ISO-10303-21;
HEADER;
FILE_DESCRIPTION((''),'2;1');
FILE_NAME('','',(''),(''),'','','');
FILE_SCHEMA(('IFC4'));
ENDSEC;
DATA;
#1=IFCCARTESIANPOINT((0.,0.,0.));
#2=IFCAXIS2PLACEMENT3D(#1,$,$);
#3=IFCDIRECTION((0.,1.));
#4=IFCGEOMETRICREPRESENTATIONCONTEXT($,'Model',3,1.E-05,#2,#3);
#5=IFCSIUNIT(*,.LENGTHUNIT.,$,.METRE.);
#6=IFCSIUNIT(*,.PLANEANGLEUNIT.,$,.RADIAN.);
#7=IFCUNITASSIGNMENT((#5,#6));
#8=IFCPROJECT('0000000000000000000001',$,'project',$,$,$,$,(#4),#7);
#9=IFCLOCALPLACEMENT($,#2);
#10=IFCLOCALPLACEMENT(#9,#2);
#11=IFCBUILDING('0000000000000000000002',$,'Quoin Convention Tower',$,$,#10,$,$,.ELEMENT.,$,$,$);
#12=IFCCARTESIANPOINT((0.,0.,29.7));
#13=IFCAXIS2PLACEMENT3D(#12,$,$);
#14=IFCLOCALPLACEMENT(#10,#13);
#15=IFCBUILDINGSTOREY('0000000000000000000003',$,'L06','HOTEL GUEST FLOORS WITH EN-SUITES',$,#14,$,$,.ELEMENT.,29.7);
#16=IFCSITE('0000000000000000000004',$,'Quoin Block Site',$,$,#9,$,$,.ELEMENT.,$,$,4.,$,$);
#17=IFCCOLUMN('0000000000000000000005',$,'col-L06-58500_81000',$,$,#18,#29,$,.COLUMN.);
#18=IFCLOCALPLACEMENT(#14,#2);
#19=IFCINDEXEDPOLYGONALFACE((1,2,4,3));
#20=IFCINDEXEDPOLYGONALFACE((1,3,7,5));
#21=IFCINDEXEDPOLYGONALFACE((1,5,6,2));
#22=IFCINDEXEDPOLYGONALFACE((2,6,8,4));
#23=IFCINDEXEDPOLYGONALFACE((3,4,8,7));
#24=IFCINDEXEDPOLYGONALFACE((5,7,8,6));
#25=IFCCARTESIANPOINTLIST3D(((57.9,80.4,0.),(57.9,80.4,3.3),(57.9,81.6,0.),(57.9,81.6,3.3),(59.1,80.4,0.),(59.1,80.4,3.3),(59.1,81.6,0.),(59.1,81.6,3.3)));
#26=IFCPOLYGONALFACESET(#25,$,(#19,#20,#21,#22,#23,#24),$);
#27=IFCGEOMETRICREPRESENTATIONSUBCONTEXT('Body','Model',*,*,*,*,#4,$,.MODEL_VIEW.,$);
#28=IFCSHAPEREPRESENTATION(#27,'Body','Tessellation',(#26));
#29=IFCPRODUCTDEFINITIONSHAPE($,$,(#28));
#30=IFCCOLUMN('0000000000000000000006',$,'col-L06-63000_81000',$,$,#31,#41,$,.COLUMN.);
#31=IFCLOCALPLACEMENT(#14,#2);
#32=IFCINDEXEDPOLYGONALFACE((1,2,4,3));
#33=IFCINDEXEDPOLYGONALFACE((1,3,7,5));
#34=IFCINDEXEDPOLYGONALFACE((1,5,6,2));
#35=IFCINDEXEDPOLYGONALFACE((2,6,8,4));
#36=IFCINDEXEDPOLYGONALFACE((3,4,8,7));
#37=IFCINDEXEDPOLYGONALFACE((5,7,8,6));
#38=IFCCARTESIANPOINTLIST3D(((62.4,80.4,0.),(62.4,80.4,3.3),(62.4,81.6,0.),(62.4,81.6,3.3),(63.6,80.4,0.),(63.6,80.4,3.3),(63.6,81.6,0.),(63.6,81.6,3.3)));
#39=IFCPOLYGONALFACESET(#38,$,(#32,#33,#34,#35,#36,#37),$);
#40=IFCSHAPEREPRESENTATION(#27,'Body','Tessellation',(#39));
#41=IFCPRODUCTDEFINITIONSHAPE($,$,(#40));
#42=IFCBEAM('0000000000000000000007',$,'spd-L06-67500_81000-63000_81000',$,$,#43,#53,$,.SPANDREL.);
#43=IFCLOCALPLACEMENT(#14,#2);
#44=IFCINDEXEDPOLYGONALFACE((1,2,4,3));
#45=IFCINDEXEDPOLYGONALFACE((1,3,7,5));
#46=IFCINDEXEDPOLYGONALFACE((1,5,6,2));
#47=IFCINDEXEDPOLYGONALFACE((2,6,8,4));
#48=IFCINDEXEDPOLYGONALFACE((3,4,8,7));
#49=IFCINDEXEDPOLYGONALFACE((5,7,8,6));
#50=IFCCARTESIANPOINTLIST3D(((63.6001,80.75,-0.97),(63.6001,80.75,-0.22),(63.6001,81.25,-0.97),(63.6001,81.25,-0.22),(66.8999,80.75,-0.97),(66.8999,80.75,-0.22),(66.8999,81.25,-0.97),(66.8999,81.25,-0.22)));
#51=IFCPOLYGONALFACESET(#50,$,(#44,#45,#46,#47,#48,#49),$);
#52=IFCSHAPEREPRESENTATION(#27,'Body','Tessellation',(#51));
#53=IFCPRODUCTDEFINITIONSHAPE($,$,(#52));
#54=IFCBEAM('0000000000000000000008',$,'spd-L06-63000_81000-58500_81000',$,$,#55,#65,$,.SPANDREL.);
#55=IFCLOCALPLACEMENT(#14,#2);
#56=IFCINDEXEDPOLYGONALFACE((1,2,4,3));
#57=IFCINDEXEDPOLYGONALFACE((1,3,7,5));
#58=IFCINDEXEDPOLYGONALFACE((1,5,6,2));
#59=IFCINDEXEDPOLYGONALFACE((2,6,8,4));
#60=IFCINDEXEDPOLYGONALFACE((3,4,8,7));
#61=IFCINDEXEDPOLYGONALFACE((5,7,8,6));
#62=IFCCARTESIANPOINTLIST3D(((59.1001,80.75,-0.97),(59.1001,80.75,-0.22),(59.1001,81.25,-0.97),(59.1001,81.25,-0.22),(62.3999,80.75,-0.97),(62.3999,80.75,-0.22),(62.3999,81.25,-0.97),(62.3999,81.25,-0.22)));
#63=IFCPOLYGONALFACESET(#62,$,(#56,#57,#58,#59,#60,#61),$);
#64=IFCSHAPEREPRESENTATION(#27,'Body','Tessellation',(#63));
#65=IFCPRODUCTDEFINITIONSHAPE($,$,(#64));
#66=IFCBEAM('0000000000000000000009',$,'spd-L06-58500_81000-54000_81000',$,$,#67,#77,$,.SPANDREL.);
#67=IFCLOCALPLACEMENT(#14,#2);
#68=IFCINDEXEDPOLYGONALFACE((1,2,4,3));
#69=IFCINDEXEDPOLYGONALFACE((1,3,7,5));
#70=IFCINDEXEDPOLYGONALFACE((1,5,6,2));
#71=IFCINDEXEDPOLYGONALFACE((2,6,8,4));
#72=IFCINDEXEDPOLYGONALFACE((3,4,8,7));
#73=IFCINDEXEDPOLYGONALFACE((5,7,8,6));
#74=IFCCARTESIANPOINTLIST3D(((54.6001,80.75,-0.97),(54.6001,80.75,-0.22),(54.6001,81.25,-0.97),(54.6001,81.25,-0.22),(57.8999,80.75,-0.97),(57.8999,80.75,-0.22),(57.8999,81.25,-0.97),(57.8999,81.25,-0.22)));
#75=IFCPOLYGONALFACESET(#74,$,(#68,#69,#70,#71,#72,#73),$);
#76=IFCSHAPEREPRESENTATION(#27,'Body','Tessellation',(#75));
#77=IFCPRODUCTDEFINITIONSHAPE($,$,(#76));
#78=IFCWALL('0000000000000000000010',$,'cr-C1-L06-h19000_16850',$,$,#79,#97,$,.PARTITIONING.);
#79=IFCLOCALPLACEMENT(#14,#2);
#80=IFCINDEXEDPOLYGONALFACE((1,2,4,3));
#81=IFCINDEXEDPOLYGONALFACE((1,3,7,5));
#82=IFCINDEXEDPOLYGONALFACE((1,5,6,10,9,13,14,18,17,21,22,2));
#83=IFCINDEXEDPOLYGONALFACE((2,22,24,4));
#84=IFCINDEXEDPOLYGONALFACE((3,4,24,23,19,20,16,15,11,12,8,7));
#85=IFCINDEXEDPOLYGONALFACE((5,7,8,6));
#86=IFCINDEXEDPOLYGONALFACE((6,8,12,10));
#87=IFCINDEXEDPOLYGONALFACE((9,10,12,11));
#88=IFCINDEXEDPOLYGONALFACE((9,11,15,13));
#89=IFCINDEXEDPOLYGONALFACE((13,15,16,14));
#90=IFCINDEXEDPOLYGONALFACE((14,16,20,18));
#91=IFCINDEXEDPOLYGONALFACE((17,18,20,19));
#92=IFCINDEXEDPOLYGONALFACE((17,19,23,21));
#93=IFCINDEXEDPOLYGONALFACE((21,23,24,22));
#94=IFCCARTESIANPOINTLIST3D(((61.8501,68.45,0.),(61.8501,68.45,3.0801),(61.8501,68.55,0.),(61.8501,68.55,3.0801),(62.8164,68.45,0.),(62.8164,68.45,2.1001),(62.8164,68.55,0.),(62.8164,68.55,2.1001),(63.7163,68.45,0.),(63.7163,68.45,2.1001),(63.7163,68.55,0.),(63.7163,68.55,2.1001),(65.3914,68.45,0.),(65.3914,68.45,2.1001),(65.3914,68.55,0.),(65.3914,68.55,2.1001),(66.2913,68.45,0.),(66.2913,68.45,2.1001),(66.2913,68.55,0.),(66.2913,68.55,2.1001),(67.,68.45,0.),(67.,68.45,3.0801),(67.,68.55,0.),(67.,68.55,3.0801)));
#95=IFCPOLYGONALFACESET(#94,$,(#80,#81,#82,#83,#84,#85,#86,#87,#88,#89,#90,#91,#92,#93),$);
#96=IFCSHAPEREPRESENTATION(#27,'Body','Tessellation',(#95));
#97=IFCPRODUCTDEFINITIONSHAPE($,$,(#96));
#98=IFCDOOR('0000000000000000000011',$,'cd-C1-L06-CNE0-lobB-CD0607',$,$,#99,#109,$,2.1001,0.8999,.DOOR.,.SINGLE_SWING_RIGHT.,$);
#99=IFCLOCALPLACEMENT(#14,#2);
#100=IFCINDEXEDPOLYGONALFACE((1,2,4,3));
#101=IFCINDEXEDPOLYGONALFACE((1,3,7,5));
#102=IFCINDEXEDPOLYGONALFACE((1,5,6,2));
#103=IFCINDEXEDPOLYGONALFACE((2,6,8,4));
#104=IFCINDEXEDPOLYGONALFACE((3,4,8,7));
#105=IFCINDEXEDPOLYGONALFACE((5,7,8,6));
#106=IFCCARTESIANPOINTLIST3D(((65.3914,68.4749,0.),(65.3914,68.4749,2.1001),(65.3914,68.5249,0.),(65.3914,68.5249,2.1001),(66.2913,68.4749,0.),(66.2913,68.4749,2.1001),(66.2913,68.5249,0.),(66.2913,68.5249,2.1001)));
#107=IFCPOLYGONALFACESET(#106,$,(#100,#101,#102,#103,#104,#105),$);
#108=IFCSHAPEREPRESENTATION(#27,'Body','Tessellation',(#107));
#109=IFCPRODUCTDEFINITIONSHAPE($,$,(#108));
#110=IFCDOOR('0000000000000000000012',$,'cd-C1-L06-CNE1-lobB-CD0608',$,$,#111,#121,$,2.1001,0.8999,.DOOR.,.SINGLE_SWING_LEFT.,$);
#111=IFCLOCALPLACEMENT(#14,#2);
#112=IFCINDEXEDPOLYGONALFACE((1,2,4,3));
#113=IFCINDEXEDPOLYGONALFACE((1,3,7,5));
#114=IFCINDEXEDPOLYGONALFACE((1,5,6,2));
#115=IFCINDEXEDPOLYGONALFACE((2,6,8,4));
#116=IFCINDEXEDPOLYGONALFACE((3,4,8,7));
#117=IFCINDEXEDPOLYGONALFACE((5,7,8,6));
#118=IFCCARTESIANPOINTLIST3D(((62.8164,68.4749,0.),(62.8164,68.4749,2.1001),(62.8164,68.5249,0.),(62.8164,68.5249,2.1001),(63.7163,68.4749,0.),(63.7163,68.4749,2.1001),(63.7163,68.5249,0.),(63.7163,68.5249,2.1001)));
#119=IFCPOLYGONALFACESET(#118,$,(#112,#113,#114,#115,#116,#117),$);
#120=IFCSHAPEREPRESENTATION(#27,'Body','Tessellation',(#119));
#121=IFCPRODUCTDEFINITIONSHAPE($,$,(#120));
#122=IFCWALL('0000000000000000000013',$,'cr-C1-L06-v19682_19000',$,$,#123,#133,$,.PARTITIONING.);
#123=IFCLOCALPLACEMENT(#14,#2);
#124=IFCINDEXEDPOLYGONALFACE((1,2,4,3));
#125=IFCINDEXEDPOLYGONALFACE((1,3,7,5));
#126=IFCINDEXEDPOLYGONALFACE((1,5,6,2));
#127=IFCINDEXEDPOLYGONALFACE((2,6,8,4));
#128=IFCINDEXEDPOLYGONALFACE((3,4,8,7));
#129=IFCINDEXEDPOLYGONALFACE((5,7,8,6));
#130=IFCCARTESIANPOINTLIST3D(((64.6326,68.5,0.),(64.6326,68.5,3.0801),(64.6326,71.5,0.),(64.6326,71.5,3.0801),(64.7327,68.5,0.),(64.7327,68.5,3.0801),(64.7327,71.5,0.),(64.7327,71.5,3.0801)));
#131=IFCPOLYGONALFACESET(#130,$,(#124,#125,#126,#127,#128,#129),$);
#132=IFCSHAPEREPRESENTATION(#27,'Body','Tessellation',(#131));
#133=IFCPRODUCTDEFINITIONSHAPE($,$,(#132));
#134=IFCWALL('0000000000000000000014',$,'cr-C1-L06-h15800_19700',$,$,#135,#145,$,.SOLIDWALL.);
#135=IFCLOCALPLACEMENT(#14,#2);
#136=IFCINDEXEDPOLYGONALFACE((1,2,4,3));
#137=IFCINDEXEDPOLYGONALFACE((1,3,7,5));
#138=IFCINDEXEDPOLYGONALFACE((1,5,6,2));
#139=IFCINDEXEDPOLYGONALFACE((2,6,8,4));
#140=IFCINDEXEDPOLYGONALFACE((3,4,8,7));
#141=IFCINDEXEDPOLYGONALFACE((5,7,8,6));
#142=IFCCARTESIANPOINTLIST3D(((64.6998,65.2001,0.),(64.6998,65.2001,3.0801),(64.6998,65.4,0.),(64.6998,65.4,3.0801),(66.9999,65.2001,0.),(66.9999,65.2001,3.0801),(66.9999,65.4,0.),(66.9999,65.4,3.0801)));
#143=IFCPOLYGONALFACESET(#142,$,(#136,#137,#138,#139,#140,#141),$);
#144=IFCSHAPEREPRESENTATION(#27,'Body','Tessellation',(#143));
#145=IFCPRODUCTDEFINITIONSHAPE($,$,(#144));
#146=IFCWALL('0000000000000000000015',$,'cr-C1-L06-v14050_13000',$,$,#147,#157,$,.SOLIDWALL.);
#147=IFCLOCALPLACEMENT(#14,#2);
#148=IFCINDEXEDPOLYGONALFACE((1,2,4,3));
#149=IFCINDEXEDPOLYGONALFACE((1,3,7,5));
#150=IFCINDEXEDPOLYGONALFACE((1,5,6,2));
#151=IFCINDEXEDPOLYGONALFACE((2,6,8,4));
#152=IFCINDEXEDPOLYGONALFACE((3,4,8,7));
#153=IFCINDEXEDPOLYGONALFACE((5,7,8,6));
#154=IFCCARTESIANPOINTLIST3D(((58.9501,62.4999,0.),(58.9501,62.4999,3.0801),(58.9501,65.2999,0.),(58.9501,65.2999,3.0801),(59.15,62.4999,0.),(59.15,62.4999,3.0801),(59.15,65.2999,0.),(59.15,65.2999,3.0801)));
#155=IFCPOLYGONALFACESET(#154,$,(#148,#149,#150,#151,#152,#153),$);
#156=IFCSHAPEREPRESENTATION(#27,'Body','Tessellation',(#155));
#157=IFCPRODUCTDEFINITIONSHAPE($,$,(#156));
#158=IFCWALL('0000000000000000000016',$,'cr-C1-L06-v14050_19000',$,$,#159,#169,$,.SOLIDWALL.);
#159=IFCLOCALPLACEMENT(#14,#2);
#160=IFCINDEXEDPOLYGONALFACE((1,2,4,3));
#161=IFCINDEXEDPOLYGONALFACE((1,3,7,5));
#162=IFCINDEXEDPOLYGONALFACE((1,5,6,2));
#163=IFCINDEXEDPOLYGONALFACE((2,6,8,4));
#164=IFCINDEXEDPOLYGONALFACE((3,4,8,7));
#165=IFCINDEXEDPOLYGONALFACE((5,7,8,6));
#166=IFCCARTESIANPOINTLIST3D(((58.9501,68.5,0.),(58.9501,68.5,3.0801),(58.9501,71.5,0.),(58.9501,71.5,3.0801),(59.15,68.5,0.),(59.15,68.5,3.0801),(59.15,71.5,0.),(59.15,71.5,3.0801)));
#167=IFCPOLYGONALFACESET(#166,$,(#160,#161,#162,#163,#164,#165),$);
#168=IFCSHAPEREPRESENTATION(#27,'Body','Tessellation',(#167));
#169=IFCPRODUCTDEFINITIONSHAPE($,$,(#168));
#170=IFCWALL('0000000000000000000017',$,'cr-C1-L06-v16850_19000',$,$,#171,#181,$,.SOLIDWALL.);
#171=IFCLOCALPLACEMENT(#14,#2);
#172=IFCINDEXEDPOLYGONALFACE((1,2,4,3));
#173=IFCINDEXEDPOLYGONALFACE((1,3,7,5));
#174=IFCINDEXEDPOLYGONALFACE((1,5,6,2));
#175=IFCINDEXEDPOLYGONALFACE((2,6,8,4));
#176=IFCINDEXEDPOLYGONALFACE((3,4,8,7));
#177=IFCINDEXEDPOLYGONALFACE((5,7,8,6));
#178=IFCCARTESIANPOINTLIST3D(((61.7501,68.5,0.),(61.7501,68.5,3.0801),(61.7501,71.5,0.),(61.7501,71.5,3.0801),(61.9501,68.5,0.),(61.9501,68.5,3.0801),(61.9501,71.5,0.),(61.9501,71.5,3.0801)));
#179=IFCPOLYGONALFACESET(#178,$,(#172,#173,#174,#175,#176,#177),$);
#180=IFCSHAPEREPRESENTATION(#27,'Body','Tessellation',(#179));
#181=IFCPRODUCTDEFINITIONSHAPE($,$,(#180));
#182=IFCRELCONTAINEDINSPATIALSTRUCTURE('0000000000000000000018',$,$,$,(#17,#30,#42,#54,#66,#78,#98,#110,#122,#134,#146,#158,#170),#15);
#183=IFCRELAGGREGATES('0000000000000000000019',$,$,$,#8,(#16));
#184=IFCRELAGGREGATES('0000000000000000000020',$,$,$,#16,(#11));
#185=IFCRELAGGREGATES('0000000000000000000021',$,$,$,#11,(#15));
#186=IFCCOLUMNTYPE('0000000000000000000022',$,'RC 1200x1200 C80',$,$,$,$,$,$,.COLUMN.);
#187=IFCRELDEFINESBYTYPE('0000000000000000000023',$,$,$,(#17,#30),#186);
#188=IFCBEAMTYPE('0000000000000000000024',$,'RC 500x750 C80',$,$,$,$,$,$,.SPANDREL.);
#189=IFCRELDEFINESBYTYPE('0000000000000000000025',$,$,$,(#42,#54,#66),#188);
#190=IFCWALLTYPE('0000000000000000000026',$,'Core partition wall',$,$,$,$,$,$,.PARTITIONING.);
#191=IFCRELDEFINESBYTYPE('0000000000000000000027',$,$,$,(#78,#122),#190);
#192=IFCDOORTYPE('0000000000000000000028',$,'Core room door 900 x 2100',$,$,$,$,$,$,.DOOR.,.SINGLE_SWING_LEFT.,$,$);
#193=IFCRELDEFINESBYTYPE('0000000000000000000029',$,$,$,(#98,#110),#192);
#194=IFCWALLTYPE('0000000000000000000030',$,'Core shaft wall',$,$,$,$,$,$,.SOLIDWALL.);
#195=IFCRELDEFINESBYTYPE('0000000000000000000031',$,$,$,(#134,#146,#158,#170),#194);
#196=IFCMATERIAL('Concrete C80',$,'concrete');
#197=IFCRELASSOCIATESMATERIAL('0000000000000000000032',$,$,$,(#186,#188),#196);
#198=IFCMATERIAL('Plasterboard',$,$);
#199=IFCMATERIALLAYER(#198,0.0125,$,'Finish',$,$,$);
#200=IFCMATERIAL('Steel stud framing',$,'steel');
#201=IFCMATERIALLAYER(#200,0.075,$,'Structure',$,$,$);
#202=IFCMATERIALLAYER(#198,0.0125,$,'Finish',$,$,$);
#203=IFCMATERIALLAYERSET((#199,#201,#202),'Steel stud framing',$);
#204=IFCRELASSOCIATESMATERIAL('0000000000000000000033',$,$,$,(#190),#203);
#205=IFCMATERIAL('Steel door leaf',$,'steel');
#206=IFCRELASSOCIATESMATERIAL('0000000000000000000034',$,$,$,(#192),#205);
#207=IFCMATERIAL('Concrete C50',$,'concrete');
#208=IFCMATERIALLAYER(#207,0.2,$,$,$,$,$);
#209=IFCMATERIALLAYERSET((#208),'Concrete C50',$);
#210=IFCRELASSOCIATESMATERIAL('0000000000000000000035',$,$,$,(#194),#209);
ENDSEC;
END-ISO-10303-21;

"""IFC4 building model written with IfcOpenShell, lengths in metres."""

from ifc_helpers import new_model, si_unit, direction, frame, frame_2d, origin, origin_2d, place, context, subcontext, project, spatial, rectangle, extrude, material, layer, layer_set, material_profile, profile_set, type_object, element, fill, save


model = new_model("IFC4")

# Units and contexts
model_context = context("Model", 3, precision=1e-05, world=origin(), true_north=direction((0.0, 1.0)))
body_context = subcontext(model_context, "Body", "Model", "MODEL_VIEW")
ifc_project = project(units=[si_unit("LENGTHUNIT", "METRE"), si_unit("PLANEANGLEUNIT", "RADIAN")], contexts=[model_context])

# Site, building, storey
site_placement = place(None, origin())
site = spatial("IfcSite", under=ifc_project, at=site_placement, Name="Quoin Block Site", CompositionType="ELEMENT", RefElevation=4.0)
building_placement = place(site_placement, origin())
building = spatial("IfcBuilding", under=site, at=building_placement, Name="Quoin Convention Tower", CompositionType="ELEMENT")
storey_placement = place(building_placement, frame((0.0, 0.0, 29.7)))
storey = spatial("IfcBuildingStorey", under=building, at=storey_placement, Name="L06", Description="HOTEL GUEST FLOORS WITH EN-SUITES", CompositionType="ELEMENT", Elevation=29.7)

# Columns
ifc_material_1 = material(Name="Concrete C80", Category="concrete")
ifc_material_profile_1 = material_profile(ifc_material_1, rectangle(XDim=1.2, YDim=1.2, at=origin_2d()), Name="RC 1200x1200")
ifc_profile_set_1 = profile_set([ifc_material_profile_1], Name="Concrete C80")
column_type = type_object("IfcColumnType", Name="RC 1200x1200 C80", PredefinedType="COLUMN", material=ifc_profile_set_1)
for number, where, z_axis, x_axis, name in (
    (1, (58.5, 81.0, 0.0), (0.0, 0.0, 1.0), (1.0, 0.0, 0.0), "col-L06-58500_81000"),
    (2, (63.0, 81.0, 0.0), (0.0, 0.0, 1.0), (1.0, 0.0, 0.0), "col-L06-63000_81000"),
):
    element("IfcColumn", number, at=place(storey_placement, frame(where, z_axis=z_axis, x_axis=x_axis)), inside=storey, type_object=column_type, Name=name, PredefinedType="COLUMN", context=body_context, shape_type="SweptSolid", body=[
        extrude(rectangle(XDim=1.2, YDim=1.2, at=origin_2d()), origin(), (0.0, 0.0, 1.0), 3.3),
    ])

# Beams
ifc_material_profile_2 = material_profile(ifc_material_1, rectangle(XDim=0.5, YDim=0.75, at=origin_2d()), Name="RC 500x750")
ifc_profile_set_2 = profile_set([ifc_material_profile_2], Name="Concrete C80")
beam_type = type_object("IfcBeamType", Name="RC 500x750 C80", PredefinedType="SPANDREL", material=ifc_profile_set_2)
for number, where, z_axis, x_axis, name in (
    (3, (66.8999, 81.0, -0.595), (-1.0, 0.0, 0.0), (0.0, -1.0, 0.0), "spd-L06-67500_81000-63000_81000"),
    (4, (62.3999, 81.0, -0.595), (-1.0, 0.0, 0.0), (0.0, -1.0, 0.0), "spd-L06-63000_81000-58500_81000"),
    (5, (57.8999, 81.0, -0.595), (-1.0, 0.0, 0.0), (0.0, -1.0, 0.0), "spd-L06-58500_81000-54000_81000"),
):
    element("IfcBeam", number, at=place(storey_placement, frame(where, z_axis=z_axis, x_axis=x_axis)), inside=storey, type_object=beam_type, Name=name, PredefinedType="SPANDREL", context=body_context, shape_type="SweptSolid", body=[
        extrude(rectangle(XDim=0.5, YDim=0.75, at=origin_2d()), origin(), (0.0, 0.0, 1.0), 3.2998),
    ])

# Wall, openings, doors
ifc_material_2 = material(Name="Plasterboard")
ifc_layer_1 = layer(ifc_material_2, 0.0125, Name="Finish")
ifc_material_3 = material(Name="Steel stud framing", Category="steel")
ifc_layer_2 = layer(ifc_material_3, 0.075, Name="Structure")
ifc_layer_3 = layer(ifc_material_2, 0.0125, Name="Finish")
ifc_layer_set_1 = layer_set([ifc_layer_1, ifc_layer_2, ifc_layer_3], Name="Steel stud framing")
wall_type_1 = type_object("IfcWallType", Name="Core partition wall", PredefinedType="PARTITIONING", material=ifc_layer_set_1)
wall_1_placement = place(storey_placement, frame((61.8501, 68.5, 0.0), z_axis=(0.0, 0.0, 1.0), x_axis=(1.0, 0.0, 0.0)))
wall_1 = element("IfcWall", 6, at=wall_1_placement, inside=storey, type_object=wall_type_1, Name="cr-C1-L06-h19000_16850", PredefinedType="PARTITIONING", context=body_context, shape_type="SweptSolid", body=[
    extrude(rectangle(XDim=5.1499, YDim=0.1001, at=frame_2d((2.575, 0.0))), origin(), (0.0, 0.0, 1.0), 3.0801),
])
opening_1_placement = place(wall_1_placement, frame((3.5413, 0.0, 0.0)))
opening_1 = element("IfcOpeningElement", 7, at=opening_1_placement, cuts=wall_1, PredefinedType="OPENING", context=body_context, shape_type="SweptSolid", body=[
    extrude(rectangle(XDim=0.8999, YDim=2.1001, at=frame_2d((0.45, 1.05))), frame((0.0, 0.0601, 0.0), z_axis=(0.0, -1.0, 0.0), x_axis=(1.0, 0.0, 0.0)), (0.0, 0.0, 1.0), 0.1201),
])
opening_2_placement = place(wall_1_placement, frame((0.9663, 0.0, 0.0)))
opening_2 = element("IfcOpeningElement", 8, at=opening_2_placement, cuts=wall_1, PredefinedType="OPENING", context=body_context, shape_type="SweptSolid", body=[
    extrude(rectangle(XDim=0.8999, YDim=2.1001, at=frame_2d((0.45, 1.05))), frame((0.0, 0.0601, 0.0), z_axis=(0.0, -1.0, 0.0), x_axis=(1.0, 0.0, 0.0)), (0.0, 0.0, 1.0), 0.1201),
])
ifc_material_4 = material(Name="Steel door leaf", Category="steel")
door_type_1 = type_object("IfcDoorType", Name="Core room door 900 x 2100", OperationType="SINGLE_SWING_LEFT", PredefinedType="DOOR", material=ifc_material_4)
door_1_placement = place(opening_1_placement, origin())
door_1 = element("IfcDoor", 9, at=door_1_placement, inside=storey, type_object=door_type_1, Name="cd-C1-L06-CNE0-lobB-CD0607", OperationType="SINGLE_SWING_RIGHT", OverallHeight=2.1001, OverallWidth=0.8999, PredefinedType="DOOR", context=body_context, shape_type="SweptSolid", body=[
    extrude(rectangle(XDim=0.8999, YDim=2.1001, at=frame_2d((0.45, 1.05))), frame((0.0, 0.0249, 0.0), z_axis=(0.0, -1.0, 0.0), x_axis=(1.0, 0.0, 0.0)), (0.0, 0.0, 1.0), 0.05),
])
fill(opening_1, door_1)
door_2_placement = place(opening_2_placement, origin())
door_2 = element("IfcDoor", 10, at=door_2_placement, inside=storey, type_object=door_type_1, Name="cd-C1-L06-CNE1-lobB-CD0608", OperationType="SINGLE_SWING_LEFT", OverallHeight=2.1001, OverallWidth=0.8999, PredefinedType="DOOR", context=body_context, shape_type="SweptSolid", body=[
    extrude(rectangle(XDim=0.8999, YDim=2.1001, at=frame_2d((0.45, 1.05))), frame((0.0, 0.0249, 0.0), z_axis=(0.0, -1.0, 0.0), x_axis=(1.0, 0.0, 0.0)), (0.0, 0.0, 1.0), 0.05),
])
fill(opening_2, door_2)

# Walls
wall_2_placement = place(storey_placement, frame((64.6826, 68.5, 0.0), z_axis=(0.0, 0.0, 1.0), x_axis=(0.0, 1.0, 0.0)))
element("IfcWall", 11, at=wall_2_placement, inside=storey, type_object=wall_type_1, Name="cr-C1-L06-v19682_19000", PredefinedType="PARTITIONING", context=body_context, shape_type="SweptSolid", body=[
    extrude(rectangle(XDim=3.0, YDim=0.1001, at=frame_2d((1.5, 0.0))), origin(), (0.0, 0.0, 1.0), 3.0801),
])
ifc_material_5 = material(Name="Concrete C50", Category="concrete")
ifc_layer_4 = layer(ifc_material_5, 0.2)
ifc_layer_set_2 = layer_set([ifc_layer_4], Name="Concrete C50")
wall_type_2 = type_object("IfcWallType", Name="Core shaft wall", PredefinedType="SOLIDWALL", material=ifc_layer_set_2)
wall_3_placement = place(storey_placement, frame((64.7, 65.3, 0.0), z_axis=(0.0, 0.0, 1.0), x_axis=(1.0, 0.0, 0.0)))
element("IfcWall", 12, at=wall_3_placement, inside=storey, type_object=wall_type_2, Name="cr-C1-L06-h15800_19700", PredefinedType="SOLIDWALL", context=body_context, shape_type="SweptSolid", body=[
    extrude(rectangle(XDim=2.3, YDim=0.2, at=frame_2d((1.1499, 0.0))), origin(), (0.0, 0.0, 1.0), 3.0801),
])
wall_4_placement = place(storey_placement, frame((59.05, 62.5, 0.0), z_axis=(0.0, 0.0, 1.0), x_axis=(0.0, 1.0, 0.0)))
element("IfcWall", 13, at=wall_4_placement, inside=storey, type_object=wall_type_2, Name="cr-C1-L06-v14050_13000", PredefinedType="SOLIDWALL", context=body_context, shape_type="SweptSolid", body=[
    extrude(rectangle(XDim=2.8, YDim=0.2, at=frame_2d((1.3999, 0.0))), origin(), (0.0, 0.0, 1.0), 3.0801),
])
for number, where, z_axis, x_axis, name in (
    (14, (59.05, 68.5, 0.0), (0.0, 0.0, 1.0), (0.0, 1.0, 0.0), "cr-C1-L06-v14050_19000"),
    (15, (61.8501, 68.5, 0.0), (0.0, 0.0, 1.0), (0.0, 1.0, 0.0), "cr-C1-L06-v16850_19000"),
):
    element("IfcWall", number, at=place(storey_placement, frame(where, z_axis=z_axis, x_axis=x_axis)), inside=storey, type_object=wall_type_2, Name=name, PredefinedType="SOLIDWALL", context=body_context, shape_type="SweptSolid", body=[
        extrude(rectangle(XDim=3.0, YDim=0.2, at=frame_2d((1.5, 0.0))), origin(), (0.0, 0.0, 1.0), 3.0801),
    ])

save(model, "model.ifc")
